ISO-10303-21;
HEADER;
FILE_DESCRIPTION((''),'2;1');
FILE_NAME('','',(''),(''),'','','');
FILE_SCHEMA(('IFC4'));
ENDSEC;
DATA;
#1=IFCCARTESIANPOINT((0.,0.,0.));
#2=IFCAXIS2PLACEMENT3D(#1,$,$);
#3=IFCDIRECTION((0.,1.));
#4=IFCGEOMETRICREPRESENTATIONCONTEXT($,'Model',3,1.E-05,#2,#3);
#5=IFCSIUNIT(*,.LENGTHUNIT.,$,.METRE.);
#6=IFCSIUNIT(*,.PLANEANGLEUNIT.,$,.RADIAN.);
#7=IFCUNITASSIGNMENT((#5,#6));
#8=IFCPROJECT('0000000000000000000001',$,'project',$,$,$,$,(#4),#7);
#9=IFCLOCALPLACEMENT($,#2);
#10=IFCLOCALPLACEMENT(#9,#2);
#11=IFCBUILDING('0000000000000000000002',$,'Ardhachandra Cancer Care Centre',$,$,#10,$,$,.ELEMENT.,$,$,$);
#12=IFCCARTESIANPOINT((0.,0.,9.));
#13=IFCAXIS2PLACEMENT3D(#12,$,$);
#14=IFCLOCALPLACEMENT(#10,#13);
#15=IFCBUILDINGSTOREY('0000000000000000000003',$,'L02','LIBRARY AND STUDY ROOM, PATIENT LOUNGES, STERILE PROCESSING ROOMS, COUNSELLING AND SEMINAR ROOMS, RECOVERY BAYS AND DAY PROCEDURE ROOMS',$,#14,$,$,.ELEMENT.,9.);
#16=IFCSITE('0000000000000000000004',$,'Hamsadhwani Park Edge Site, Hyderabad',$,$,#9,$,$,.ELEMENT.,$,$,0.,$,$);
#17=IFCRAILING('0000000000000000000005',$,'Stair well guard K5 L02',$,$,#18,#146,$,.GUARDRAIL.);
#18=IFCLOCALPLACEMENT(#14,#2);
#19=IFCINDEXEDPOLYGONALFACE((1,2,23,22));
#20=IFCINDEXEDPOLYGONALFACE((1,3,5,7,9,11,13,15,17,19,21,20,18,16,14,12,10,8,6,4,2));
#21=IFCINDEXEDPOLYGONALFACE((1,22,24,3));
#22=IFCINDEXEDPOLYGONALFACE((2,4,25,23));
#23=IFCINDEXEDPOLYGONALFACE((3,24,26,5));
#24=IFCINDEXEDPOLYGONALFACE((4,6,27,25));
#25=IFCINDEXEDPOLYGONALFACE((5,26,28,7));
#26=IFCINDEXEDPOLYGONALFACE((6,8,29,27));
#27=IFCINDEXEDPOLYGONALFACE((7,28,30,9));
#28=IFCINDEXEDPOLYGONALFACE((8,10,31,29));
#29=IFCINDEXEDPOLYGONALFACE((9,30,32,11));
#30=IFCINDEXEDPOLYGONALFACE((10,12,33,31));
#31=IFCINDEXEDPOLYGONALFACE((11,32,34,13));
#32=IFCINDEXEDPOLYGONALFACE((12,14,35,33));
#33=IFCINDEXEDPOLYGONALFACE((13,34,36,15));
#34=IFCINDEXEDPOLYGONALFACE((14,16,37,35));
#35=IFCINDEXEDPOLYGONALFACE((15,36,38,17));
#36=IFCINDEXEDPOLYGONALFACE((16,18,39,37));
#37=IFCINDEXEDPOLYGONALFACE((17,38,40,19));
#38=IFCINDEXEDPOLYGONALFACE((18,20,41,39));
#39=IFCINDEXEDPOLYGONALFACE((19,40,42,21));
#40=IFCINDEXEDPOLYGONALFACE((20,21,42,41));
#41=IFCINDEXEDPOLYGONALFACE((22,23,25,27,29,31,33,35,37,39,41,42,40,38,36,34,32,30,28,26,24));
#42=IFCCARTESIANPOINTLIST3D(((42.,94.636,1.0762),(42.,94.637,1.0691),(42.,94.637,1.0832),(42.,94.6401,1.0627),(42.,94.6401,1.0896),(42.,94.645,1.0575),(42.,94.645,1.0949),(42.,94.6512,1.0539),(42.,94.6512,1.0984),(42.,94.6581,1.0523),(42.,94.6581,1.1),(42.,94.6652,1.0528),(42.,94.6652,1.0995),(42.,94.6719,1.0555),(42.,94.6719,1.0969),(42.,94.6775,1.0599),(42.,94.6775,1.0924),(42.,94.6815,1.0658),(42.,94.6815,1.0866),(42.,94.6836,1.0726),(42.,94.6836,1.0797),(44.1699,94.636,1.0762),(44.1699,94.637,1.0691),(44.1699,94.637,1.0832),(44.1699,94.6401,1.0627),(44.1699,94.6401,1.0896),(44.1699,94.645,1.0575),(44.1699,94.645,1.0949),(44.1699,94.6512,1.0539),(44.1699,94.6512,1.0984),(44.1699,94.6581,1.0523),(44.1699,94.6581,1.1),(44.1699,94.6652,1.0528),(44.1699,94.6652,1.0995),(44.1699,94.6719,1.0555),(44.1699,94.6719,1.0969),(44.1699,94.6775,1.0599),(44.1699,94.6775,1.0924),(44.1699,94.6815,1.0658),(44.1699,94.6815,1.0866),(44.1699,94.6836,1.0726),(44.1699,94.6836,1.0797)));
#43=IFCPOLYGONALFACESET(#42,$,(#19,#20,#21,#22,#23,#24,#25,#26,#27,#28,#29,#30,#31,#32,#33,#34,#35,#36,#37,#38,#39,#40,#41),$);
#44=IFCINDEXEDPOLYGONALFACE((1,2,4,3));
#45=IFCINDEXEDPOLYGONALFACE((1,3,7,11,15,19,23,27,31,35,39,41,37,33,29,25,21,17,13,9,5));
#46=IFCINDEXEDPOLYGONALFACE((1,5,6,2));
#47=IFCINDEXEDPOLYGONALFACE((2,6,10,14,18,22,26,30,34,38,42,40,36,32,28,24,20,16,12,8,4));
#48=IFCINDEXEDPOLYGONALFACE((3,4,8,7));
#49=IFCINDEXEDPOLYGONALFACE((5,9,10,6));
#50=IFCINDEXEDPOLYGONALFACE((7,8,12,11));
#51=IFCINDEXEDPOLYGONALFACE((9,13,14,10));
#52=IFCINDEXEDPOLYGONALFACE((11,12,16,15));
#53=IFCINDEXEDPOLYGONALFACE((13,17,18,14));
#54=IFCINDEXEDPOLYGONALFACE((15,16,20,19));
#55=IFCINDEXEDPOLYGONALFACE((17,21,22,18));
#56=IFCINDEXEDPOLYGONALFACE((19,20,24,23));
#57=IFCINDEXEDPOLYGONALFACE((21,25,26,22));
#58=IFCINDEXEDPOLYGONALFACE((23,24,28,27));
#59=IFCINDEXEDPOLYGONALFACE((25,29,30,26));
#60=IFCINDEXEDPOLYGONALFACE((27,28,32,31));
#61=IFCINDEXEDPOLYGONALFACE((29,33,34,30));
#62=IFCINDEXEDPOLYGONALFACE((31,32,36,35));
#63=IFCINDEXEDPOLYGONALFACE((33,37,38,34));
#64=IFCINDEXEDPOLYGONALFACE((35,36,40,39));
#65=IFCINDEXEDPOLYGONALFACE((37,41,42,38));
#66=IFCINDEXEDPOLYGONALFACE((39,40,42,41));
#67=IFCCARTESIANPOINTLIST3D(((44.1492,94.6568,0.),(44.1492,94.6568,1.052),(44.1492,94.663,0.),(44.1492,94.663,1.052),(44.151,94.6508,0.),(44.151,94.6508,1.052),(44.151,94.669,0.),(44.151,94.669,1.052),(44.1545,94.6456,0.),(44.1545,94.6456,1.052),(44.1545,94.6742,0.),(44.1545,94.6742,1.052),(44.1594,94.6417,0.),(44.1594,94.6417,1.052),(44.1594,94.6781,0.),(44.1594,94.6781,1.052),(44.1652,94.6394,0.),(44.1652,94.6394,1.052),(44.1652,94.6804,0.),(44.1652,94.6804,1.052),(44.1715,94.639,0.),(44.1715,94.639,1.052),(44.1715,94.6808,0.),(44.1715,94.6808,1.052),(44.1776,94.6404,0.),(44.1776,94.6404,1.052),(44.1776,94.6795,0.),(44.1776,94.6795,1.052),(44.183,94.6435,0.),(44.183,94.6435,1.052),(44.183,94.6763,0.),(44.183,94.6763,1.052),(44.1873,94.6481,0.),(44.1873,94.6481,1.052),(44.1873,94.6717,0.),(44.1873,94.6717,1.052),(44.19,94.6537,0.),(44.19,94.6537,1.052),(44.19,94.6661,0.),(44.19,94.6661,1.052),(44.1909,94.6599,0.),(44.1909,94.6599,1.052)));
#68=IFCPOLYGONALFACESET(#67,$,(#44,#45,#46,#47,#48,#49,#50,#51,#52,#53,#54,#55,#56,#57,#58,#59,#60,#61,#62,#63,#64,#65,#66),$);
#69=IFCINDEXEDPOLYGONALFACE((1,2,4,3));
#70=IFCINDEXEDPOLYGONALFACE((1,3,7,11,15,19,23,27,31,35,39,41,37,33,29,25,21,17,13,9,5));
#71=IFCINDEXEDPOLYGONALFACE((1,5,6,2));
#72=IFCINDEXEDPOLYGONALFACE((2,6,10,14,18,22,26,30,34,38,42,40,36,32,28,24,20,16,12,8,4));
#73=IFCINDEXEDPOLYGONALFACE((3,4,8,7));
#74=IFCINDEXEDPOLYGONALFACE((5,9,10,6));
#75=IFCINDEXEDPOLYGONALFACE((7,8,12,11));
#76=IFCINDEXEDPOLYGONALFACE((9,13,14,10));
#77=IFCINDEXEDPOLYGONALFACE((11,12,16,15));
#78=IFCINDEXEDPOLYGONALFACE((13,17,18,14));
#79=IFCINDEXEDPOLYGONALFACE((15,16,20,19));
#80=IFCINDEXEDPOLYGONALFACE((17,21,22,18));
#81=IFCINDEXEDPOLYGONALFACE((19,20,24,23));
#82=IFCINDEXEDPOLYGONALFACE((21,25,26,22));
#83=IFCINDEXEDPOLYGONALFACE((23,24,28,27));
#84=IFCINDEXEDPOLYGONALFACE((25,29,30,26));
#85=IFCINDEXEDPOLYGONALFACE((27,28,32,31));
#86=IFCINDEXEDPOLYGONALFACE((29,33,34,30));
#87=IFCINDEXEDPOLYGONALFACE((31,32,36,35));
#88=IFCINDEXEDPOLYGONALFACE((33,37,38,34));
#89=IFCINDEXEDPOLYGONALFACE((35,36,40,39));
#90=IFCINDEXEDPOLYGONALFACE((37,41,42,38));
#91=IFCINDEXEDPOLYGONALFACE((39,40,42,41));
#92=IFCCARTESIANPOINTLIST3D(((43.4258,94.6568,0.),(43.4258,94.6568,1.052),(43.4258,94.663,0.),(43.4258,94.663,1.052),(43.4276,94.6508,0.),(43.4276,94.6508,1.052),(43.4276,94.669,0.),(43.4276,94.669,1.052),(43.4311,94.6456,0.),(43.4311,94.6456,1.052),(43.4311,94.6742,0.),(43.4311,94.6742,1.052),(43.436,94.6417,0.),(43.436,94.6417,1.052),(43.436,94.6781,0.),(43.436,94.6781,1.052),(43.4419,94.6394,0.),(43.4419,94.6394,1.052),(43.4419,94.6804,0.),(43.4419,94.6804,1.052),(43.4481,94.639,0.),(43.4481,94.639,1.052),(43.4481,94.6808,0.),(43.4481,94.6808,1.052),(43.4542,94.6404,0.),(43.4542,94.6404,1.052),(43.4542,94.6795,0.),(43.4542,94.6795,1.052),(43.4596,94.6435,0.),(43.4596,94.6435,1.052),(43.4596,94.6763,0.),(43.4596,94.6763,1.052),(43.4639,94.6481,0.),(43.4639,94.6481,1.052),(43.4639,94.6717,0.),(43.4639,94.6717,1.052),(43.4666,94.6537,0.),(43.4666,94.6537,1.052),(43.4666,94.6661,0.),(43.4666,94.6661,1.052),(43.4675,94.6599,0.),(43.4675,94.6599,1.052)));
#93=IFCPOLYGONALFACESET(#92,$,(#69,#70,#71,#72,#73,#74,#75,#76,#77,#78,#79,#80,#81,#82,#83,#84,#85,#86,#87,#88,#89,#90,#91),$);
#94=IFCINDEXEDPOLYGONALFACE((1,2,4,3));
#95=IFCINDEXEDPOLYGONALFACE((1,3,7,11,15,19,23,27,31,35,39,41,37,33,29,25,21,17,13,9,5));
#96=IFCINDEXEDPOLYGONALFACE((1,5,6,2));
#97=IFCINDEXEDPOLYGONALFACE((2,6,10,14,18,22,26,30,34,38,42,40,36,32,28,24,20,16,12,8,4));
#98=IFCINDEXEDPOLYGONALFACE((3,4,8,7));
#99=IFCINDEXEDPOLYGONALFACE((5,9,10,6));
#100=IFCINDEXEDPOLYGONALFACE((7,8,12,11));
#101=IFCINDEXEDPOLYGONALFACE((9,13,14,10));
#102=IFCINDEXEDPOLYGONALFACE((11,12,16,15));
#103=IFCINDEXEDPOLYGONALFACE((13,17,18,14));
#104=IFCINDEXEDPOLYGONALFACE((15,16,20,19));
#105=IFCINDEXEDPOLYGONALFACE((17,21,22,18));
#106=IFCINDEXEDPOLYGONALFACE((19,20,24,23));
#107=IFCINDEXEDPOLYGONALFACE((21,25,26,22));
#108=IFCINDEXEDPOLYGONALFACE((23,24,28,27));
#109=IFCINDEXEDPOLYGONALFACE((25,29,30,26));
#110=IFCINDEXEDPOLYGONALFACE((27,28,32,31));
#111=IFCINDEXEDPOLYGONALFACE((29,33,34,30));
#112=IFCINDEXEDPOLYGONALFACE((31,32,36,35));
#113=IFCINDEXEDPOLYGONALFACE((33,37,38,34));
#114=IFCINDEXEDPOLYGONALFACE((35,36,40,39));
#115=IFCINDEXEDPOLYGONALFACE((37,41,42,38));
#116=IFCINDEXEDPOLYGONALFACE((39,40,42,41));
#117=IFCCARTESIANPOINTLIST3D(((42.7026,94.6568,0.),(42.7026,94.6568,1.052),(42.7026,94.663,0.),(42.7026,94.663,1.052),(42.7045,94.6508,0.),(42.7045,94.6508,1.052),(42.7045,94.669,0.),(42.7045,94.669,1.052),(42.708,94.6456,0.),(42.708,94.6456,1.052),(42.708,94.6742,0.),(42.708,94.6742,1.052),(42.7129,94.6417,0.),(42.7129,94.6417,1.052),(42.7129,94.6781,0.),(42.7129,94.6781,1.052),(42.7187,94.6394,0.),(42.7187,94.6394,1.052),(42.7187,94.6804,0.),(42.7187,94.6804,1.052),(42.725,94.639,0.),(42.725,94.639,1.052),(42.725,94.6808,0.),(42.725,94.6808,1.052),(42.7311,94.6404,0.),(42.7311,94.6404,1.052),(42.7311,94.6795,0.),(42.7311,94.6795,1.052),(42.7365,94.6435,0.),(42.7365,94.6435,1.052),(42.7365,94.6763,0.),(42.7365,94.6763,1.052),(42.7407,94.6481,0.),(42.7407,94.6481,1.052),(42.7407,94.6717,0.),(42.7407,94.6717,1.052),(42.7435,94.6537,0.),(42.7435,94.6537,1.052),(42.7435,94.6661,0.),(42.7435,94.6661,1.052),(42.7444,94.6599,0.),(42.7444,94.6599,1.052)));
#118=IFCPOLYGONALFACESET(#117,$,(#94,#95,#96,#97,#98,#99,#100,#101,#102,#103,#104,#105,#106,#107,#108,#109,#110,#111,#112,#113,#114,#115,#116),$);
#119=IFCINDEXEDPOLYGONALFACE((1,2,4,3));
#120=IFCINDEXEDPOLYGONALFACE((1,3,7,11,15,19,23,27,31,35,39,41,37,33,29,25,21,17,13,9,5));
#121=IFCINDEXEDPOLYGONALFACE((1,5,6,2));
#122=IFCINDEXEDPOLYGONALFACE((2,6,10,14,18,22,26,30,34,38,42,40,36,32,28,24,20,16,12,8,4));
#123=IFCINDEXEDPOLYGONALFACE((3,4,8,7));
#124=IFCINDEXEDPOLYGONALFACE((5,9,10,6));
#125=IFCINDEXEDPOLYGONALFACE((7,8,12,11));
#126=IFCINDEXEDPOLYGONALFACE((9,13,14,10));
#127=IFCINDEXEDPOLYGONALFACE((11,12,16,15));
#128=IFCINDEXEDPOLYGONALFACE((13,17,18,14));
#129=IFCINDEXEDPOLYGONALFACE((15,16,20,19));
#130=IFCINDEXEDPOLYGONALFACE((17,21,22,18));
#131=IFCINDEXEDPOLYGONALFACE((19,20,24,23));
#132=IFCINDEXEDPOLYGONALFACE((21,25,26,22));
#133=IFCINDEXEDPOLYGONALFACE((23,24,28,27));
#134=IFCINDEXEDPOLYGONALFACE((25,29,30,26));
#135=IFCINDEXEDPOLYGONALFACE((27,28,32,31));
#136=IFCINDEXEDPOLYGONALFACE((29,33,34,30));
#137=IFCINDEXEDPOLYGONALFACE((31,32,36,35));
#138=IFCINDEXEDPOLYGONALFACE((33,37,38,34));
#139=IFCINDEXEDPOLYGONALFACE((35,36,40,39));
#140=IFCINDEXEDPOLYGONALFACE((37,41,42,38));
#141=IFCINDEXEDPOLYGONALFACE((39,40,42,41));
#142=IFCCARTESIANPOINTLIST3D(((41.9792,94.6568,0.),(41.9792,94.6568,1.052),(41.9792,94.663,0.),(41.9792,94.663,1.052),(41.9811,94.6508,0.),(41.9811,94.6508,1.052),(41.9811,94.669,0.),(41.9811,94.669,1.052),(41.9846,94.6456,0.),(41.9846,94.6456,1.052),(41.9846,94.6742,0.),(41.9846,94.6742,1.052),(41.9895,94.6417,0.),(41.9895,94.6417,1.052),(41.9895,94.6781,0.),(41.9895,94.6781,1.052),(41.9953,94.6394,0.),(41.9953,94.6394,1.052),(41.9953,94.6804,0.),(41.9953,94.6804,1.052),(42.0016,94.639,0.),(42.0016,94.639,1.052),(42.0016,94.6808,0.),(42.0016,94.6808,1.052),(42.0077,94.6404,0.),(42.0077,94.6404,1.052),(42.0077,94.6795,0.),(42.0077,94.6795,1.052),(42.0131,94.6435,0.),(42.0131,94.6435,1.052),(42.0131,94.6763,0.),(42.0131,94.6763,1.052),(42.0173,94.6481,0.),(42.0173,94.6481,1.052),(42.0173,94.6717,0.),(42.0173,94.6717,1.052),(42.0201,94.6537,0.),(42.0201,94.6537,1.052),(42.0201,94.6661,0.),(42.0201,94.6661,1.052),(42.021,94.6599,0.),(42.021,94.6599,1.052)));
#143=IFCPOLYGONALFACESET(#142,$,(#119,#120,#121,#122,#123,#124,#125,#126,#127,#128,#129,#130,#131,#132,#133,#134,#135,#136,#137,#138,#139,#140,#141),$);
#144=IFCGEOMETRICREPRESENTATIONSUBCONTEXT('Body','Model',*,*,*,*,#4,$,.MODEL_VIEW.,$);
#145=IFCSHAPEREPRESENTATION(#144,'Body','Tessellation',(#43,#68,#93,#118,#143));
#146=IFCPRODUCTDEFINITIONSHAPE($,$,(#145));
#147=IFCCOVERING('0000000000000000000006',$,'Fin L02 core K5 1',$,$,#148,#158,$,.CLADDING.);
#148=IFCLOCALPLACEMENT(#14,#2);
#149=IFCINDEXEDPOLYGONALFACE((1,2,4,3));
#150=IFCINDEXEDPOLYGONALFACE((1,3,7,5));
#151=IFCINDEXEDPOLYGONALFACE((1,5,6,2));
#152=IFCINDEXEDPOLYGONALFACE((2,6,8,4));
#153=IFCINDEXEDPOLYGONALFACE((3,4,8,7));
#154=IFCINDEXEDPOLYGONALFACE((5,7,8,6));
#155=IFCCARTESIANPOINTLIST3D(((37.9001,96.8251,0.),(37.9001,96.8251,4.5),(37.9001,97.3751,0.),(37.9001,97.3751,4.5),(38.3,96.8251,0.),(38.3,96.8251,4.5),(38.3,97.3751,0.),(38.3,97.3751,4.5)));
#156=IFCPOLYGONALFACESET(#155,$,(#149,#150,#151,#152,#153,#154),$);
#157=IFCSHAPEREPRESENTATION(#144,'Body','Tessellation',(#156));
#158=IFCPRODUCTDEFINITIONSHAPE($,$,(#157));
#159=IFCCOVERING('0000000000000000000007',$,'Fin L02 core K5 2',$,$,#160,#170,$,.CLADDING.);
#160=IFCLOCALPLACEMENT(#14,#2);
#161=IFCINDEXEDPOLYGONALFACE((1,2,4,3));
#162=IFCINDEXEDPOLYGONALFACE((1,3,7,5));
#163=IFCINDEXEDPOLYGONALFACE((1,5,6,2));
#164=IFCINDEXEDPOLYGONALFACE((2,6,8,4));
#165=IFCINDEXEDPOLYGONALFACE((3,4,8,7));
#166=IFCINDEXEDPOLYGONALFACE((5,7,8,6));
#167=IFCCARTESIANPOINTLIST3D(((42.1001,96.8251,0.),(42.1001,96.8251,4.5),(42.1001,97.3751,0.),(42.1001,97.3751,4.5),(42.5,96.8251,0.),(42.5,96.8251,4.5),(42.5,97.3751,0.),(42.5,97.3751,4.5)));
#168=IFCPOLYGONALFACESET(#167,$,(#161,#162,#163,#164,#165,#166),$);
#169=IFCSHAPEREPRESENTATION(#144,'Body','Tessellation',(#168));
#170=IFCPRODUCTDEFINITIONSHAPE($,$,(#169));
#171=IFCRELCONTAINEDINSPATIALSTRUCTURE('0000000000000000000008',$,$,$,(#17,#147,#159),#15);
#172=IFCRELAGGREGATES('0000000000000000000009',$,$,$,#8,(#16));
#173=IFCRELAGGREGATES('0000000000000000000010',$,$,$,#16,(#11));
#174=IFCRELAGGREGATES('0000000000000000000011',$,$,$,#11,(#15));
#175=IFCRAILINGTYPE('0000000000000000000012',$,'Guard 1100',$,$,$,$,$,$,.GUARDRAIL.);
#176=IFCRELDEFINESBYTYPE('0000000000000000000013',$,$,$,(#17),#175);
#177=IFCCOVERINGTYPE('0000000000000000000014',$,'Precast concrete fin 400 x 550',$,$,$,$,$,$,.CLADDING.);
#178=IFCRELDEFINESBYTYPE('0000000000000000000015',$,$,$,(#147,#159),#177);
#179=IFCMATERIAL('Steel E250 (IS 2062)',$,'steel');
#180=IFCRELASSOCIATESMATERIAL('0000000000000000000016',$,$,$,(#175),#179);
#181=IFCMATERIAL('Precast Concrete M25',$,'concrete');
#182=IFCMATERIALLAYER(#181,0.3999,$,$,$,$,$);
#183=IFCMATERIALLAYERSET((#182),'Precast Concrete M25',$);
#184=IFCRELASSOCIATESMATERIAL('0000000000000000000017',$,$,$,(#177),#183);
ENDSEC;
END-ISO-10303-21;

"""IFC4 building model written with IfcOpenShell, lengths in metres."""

from ifc_helpers import new_model, si_unit, direction, frame, origin, origin_2d, place, context, subcontext, project, spatial, rectangle, circle, extrude, material, layer, layer_set, type_object, element, save


model = new_model("IFC4")

# Units and contexts
model_context = context("Model", 3, precision=1e-05, world=origin(), true_north=direction((0.0, 1.0)))
body_context = subcontext(model_context, "Body", "Model", "MODEL_VIEW")
ifc_project = project(units=[si_unit("LENGTHUNIT", "METRE"), si_unit("PLANEANGLEUNIT", "RADIAN")], contexts=[model_context])

# Site, building, storey
site_placement = place(None, origin())
site = spatial("IfcSite", under=ifc_project, at=site_placement, Name="Hamsadhwani Park Edge Site, Hyderabad", CompositionType="ELEMENT", RefElevation=0.0)
building_placement = place(site_placement, origin())
building = spatial("IfcBuilding", under=site, at=building_placement, Name="Ardhachandra Cancer Care Centre", CompositionType="ELEMENT")
storey_placement = place(building_placement, frame((0.0, 0.0, 9.0)))
storey = spatial("IfcBuildingStorey", under=building, at=storey_placement, Name="L02", Description="LIBRARY AND STUDY ROOM, PATIENT LOUNGES, STERILE PROCESSING ROOMS, COUNSELLING AND SEMINAR ROOMS, RECOVERY BAYS AND DAY PROCEDURE ROOMS", CompositionType="ELEMENT", Elevation=9.0)

# Railing
ifc_material_1 = material(Name="Steel E250 (IS 2062)", Category="steel")
railing_type_1 = type_object("IfcRailingType", Name="Guard 1100", PredefinedType="GUARDRAIL", material=ifc_material_1)
railing_placement = place(storey_placement, frame((44.1699, 94.6599, 0.0)))
element("IfcRailing", 1, at=railing_placement, inside=storey, type_object=railing_type_1, Name="Stair well guard K5 L02", PredefinedType="GUARDRAIL", context=body_context, shape_type="SweptSolid", body=[
    extrude(circle(Radius=0.0239, at=origin_2d()), frame((0.0, 0.0, 1.0762), z_axis=(-1.0, 0.0, 0.0), x_axis=(0.0, -1.0, 0.0)), (0.0, 0.0, 1.0), 2.1699),
    extrude(circle(Radius=0.021, at=origin_2d()), origin(), (0.0, 0.0, 1.0), 1.052),
    extrude(circle(Radius=0.021, at=origin_2d()), frame((-0.7234, 0.0, 0.0)), (0.0, 0.0, 1.0), 1.052),
    extrude(circle(Radius=0.021, at=origin_2d()), frame((-1.4465, 0.0, 0.0)), (0.0, 0.0, 1.0), 1.052),
    extrude(circle(Radius=0.021, at=origin_2d()), frame((-2.1699, 0.0, 0.0)), (0.0, 0.0, 1.0), 1.052),
])

# Coverings
ifc_material_2 = material(Name="Precast Concrete M25", Category="concrete")
ifc_layer_1 = layer(ifc_material_2, 0.3999)
ifc_layer_set_1 = layer_set([ifc_layer_1], Name="Precast Concrete M25")
covering_type = type_object("IfcCoveringType", Name="Precast concrete fin 400 x 550", PredefinedType="CLADDING", material=ifc_layer_set_1)
for number, where, z_axis, x_axis, name in (
    (2, (38.1001, 97.1001, 0.0), (0.0, 0.0, 1.0), (1.0, 0.0, 0.0), "Fin L02 core K5 1"),
    (3, (42.3, 97.1001, 0.0), (0.0, 0.0, 1.0), (1.0, 0.0, 0.0), "Fin L02 core K5 2"),
):
    element("IfcCovering", number, at=place(storey_placement, frame(where, z_axis=z_axis, x_axis=x_axis)), inside=storey, type_object=covering_type, Name=name, PredefinedType="CLADDING", context=body_context, shape_type="SweptSolid", body=[
        extrude(rectangle(XDim=0.3999, YDim=0.55, at=origin_2d()), origin(), (0.0, 0.0, 1.0), 4.5),
    ])

save(model, "model.ifc")
